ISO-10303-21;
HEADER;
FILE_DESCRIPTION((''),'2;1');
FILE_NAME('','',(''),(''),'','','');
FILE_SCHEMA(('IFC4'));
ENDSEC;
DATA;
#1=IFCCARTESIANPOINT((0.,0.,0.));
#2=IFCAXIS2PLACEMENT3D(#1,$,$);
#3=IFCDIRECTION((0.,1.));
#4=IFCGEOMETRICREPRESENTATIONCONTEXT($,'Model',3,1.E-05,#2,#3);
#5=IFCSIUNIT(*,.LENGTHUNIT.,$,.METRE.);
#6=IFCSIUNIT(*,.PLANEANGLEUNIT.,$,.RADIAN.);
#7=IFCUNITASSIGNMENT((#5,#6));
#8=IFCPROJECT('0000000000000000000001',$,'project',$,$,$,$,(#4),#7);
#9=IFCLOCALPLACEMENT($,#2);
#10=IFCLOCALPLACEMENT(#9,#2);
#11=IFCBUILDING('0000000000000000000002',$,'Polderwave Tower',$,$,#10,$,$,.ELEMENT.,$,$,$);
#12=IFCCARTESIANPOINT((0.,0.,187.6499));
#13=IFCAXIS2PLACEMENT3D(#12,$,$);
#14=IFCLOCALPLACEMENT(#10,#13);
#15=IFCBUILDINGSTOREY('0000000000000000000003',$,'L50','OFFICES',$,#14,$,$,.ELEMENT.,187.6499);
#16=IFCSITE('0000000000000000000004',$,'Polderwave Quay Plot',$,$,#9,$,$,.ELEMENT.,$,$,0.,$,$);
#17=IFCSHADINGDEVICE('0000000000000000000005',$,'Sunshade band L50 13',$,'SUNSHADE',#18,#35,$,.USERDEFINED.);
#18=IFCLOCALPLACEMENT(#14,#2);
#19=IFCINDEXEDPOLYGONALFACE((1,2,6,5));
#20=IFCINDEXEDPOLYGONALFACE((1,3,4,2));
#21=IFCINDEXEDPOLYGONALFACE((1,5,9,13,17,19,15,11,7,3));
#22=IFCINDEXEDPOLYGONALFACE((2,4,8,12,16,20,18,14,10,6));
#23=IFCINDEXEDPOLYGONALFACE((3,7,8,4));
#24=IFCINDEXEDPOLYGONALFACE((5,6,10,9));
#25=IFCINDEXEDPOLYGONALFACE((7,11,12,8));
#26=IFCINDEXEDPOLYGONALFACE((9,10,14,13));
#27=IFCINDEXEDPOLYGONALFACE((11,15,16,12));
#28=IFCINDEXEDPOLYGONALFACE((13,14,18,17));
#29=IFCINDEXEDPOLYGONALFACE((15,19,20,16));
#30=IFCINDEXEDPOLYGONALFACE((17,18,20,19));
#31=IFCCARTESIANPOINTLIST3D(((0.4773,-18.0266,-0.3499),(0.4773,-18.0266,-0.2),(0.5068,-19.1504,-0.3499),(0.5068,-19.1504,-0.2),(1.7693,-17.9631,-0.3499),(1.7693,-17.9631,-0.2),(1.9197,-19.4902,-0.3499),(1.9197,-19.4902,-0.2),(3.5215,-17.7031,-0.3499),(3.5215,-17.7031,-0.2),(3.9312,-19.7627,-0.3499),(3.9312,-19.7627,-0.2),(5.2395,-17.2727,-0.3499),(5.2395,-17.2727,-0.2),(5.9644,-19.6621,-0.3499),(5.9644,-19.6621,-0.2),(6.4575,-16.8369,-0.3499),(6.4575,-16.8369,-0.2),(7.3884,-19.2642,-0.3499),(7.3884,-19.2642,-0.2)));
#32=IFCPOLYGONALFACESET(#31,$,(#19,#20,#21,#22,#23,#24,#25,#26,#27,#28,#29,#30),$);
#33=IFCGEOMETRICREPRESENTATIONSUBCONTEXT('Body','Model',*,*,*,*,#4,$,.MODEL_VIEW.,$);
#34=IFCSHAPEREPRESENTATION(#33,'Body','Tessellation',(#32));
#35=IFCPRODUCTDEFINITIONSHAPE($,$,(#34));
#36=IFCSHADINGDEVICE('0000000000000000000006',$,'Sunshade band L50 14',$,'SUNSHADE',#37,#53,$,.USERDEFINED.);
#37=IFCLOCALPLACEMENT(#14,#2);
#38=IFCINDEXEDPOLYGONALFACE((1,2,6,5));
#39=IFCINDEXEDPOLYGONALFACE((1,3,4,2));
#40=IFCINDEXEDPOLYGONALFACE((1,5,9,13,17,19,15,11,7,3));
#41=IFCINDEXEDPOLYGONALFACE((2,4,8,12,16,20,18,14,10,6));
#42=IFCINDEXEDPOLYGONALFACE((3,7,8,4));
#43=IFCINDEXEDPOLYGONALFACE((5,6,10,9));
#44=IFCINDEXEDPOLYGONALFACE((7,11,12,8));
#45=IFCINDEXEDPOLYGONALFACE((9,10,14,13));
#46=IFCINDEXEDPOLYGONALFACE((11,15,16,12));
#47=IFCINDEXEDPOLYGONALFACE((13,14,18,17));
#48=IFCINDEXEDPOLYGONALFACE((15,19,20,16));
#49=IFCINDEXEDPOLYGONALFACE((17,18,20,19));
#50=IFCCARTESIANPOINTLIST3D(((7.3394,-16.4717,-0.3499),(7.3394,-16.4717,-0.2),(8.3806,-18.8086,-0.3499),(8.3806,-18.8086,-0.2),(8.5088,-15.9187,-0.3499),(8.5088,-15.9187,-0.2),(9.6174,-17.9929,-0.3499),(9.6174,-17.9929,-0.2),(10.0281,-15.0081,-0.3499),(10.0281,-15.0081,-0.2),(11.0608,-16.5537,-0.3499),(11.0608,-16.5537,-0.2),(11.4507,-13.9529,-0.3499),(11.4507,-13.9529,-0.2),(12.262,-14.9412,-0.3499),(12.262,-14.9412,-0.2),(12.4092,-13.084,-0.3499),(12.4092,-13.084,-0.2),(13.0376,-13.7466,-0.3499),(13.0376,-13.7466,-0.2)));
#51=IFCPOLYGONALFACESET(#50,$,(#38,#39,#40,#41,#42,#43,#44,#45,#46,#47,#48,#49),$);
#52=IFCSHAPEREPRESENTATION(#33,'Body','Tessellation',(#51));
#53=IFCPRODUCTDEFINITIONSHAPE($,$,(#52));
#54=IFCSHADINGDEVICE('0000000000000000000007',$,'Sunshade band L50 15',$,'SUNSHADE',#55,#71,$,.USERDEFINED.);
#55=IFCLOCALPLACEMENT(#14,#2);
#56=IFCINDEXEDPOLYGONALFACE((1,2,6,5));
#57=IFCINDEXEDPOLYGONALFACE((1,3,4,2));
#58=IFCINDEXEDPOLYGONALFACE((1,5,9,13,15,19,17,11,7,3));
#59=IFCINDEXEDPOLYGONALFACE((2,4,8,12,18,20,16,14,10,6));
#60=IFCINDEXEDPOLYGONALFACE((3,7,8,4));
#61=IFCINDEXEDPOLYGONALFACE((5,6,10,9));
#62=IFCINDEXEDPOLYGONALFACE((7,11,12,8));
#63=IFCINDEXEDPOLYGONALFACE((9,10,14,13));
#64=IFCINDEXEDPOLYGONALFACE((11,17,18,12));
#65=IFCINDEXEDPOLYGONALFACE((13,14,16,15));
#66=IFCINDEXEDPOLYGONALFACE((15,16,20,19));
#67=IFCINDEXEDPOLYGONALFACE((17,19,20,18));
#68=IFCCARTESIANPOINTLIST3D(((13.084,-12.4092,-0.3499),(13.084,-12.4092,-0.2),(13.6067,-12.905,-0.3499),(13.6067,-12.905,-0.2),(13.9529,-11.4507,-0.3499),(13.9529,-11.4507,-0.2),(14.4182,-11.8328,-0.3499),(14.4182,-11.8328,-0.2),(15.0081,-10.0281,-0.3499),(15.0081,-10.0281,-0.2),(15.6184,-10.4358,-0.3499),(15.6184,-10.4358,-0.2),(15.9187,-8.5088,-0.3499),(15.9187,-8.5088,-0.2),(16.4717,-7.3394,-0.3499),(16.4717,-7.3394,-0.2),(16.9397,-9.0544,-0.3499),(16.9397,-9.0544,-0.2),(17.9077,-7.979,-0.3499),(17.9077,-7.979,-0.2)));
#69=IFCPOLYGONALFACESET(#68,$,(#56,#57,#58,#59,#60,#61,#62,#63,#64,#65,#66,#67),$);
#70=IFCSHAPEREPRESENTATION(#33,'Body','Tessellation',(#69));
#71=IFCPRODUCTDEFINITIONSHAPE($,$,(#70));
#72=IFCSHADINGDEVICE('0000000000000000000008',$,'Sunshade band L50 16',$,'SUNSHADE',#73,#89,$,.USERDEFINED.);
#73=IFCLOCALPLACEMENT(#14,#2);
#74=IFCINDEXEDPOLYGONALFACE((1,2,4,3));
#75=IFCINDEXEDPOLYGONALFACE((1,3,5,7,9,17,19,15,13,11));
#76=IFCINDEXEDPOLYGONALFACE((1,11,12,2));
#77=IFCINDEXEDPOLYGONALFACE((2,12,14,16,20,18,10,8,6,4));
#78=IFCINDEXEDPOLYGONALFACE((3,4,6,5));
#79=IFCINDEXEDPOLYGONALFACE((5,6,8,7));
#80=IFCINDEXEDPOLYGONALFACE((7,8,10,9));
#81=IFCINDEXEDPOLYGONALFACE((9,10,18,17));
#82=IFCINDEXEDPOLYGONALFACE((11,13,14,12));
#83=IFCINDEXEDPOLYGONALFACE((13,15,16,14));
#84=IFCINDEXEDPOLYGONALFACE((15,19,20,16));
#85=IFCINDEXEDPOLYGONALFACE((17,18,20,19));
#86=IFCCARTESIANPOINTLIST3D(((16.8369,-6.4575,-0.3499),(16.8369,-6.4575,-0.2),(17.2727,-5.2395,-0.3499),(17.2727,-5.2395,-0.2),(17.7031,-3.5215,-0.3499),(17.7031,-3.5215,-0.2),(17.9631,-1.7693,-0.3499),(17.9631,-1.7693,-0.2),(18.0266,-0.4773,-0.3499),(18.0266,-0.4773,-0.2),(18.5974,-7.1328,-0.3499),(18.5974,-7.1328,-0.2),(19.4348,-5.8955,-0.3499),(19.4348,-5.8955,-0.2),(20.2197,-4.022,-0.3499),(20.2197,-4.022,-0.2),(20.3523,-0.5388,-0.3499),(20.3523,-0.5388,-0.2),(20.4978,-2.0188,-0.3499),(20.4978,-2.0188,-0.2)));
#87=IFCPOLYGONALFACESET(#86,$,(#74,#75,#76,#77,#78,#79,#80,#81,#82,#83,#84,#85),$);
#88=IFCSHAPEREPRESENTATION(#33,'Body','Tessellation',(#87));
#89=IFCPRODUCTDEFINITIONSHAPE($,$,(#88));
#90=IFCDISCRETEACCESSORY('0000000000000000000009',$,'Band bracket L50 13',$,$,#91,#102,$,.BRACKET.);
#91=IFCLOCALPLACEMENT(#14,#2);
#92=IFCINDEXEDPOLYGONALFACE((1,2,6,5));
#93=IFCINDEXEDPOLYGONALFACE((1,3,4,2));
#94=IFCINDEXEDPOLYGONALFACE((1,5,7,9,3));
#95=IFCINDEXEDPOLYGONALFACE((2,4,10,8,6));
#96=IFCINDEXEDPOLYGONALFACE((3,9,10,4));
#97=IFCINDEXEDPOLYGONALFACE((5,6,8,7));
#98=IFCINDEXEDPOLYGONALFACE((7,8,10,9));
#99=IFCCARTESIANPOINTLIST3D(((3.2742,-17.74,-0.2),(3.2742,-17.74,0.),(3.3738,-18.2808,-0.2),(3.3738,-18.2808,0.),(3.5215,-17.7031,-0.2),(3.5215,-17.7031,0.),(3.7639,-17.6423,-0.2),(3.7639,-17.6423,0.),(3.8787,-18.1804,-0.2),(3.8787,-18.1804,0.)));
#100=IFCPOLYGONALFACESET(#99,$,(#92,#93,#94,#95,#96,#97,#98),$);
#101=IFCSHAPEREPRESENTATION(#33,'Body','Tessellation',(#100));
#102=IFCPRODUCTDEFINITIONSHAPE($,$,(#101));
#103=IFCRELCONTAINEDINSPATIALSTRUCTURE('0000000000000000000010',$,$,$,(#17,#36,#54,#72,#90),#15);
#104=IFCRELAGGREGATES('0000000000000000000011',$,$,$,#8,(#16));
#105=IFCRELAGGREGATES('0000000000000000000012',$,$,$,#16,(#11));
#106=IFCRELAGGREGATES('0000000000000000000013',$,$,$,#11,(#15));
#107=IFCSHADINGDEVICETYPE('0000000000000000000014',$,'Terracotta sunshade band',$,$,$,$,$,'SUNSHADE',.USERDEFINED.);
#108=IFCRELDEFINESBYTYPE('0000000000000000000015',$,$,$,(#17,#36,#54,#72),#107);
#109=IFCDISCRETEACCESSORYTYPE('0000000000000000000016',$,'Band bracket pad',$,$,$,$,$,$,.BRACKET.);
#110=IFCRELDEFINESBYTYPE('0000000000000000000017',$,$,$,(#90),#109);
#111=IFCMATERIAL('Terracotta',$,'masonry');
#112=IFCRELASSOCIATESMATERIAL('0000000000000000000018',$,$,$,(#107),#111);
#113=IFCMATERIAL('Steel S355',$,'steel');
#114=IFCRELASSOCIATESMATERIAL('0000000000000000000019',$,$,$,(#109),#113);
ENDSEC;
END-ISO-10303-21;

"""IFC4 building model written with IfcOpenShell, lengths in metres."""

from ifc_helpers import new_model, si_unit, direction, frame, origin, place, context, subcontext, project, spatial, polyline, outline, extrude, material, type_object, element, save


model = new_model("IFC4")

# Units and contexts
model_context = context("Model", 3, precision=1e-05, world=origin(), true_north=direction((0.0, 1.0)))
body_context = subcontext(model_context, "Body", "Model", "MODEL_VIEW")
ifc_project = project(units=[si_unit("LENGTHUNIT", "METRE"), si_unit("PLANEANGLEUNIT", "RADIAN")], contexts=[model_context])

# Site, building, storey
site_placement = place(None, origin())
site = spatial("IfcSite", under=ifc_project, at=site_placement, Name="Polderwave Quay Plot", CompositionType="ELEMENT", RefElevation=0.0)
building_placement = place(site_placement, origin())
building = spatial("IfcBuilding", under=site, at=building_placement, Name="Polderwave Tower", CompositionType="ELEMENT")
storey_placement = place(building_placement, frame((0.0, 0.0, 187.6499)))
storey = spatial("IfcBuildingStorey", under=building, at=storey_placement, Name="L50", Description="OFFICES", CompositionType="ELEMENT", Elevation=187.6499)

# Shared definitions
ifc_material_1 = material(Name="Steel S355", Category="steel")

# Shading devices
ifc_material_2 = material(Name="Terracotta", Category="masonry")
shading_device_type = type_object("IfcShadingDeviceType", Name="Terracotta sunshade band", ElementType="SUNSHADE", PredefinedType="USERDEFINED", material=ifc_material_2)
shading_device_1_placement = place(storey_placement, frame((0.0, 0.0, -0.3499)))
element("IfcShadingDevice", 1, at=shading_device_1_placement, inside=storey, type_object=shading_device_type, Name="Sunshade band L50 13", ObjectType="SUNSHADE", PredefinedType="USERDEFINED", context=body_context, shape_type="SweptSolid", body=[
    extrude(outline(polyline([(0.4773, -18.0266), (1.7693, -17.9631), (3.5215, -17.7031), (5.2395, -17.2727), (6.4575, -16.8369), (7.3884, -19.2642), (5.9644, -19.6621), (3.9312, -19.7627), (1.9197, -19.4902), (0.5068, -19.1504), (0.4773, -18.0266)])), origin(), (0.0, 0.0, 1.0), 0.1499),
])
shading_device_2_placement = place(storey_placement, frame((0.0, 0.0, -0.3499)))
element("IfcShadingDevice", 2, at=shading_device_2_placement, inside=storey, type_object=shading_device_type, Name="Sunshade band L50 14", ObjectType="SUNSHADE", PredefinedType="USERDEFINED", context=body_context, shape_type="SweptSolid", body=[
    extrude(outline(polyline([(7.3394, -16.4717), (8.5088, -15.9187), (10.0281, -15.0081), (11.4507, -13.9529), (12.4092, -13.084), (13.0376, -13.7466), (12.262, -14.9412), (11.0608, -16.5537), (9.6174, -17.9929), (8.3806, -18.8086), (7.3394, -16.4717)])), origin(), (0.0, 0.0, 1.0), 0.1499),
])
shading_device_3_placement = place(storey_placement, frame((0.0, 0.0, -0.3499)))
element("IfcShadingDevice", 3, at=shading_device_3_placement, inside=storey, type_object=shading_device_type, Name="Sunshade band L50 15", ObjectType="SUNSHADE", PredefinedType="USERDEFINED", context=body_context, shape_type="SweptSolid", body=[
    extrude(outline(polyline([(13.084, -12.4092), (13.9529, -11.4507), (15.0081, -10.0281), (15.9187, -8.5088), (16.4717, -7.3394), (17.9077, -7.979), (16.9397, -9.0544), (15.6184, -10.4358), (14.4182, -11.8328), (13.6067, -12.905), (13.084, -12.4092)])), origin(), (0.0, 0.0, 1.0), 0.1499),
])
shading_device_4_placement = place(storey_placement, frame((0.0, 0.0, -0.3499)))
element("IfcShadingDevice", 4, at=shading_device_4_placement, inside=storey, type_object=shading_device_type, Name="Sunshade band L50 16", ObjectType="SUNSHADE", PredefinedType="USERDEFINED", context=body_context, shape_type="SweptSolid", body=[
    extrude(outline(polyline([(16.8369, -6.4575), (17.2727, -5.2395), (17.7031, -3.5215), (17.9631, -1.7693), (18.0266, -0.4773), (20.3523, -0.5388), (20.4978, -2.0188), (20.2197, -4.022), (19.4348, -5.8955), (18.5974, -7.1328), (16.8369, -6.4575)])), origin(), (0.0, 0.0, 1.0), 0.1499),
])

# Discrete accessory
discrete_accessory_type = type_object("IfcDiscreteAccessoryType", Name="Band bracket pad", PredefinedType="BRACKET", material=ifc_material_1)
discrete_accessory_placement = place(storey_placement, frame((0.0, 0.0, -0.2)))
element("IfcDiscreteAccessory", 5, at=discrete_accessory_placement, inside=storey, type_object=discrete_accessory_type, Name="Band bracket L50 13", PredefinedType="BRACKET", context=body_context, shape_type="SweptSolid", body=[
    extrude(outline(polyline([(3.2742, -17.74), (3.5215, -17.7031), (3.7639, -17.6423), (3.8787, -18.1804), (3.3738, -18.2808), (3.2742, -17.74)])), origin(), (0.0, 0.0, 1.0), 0.2),
])

save(model, "model.ifc")
